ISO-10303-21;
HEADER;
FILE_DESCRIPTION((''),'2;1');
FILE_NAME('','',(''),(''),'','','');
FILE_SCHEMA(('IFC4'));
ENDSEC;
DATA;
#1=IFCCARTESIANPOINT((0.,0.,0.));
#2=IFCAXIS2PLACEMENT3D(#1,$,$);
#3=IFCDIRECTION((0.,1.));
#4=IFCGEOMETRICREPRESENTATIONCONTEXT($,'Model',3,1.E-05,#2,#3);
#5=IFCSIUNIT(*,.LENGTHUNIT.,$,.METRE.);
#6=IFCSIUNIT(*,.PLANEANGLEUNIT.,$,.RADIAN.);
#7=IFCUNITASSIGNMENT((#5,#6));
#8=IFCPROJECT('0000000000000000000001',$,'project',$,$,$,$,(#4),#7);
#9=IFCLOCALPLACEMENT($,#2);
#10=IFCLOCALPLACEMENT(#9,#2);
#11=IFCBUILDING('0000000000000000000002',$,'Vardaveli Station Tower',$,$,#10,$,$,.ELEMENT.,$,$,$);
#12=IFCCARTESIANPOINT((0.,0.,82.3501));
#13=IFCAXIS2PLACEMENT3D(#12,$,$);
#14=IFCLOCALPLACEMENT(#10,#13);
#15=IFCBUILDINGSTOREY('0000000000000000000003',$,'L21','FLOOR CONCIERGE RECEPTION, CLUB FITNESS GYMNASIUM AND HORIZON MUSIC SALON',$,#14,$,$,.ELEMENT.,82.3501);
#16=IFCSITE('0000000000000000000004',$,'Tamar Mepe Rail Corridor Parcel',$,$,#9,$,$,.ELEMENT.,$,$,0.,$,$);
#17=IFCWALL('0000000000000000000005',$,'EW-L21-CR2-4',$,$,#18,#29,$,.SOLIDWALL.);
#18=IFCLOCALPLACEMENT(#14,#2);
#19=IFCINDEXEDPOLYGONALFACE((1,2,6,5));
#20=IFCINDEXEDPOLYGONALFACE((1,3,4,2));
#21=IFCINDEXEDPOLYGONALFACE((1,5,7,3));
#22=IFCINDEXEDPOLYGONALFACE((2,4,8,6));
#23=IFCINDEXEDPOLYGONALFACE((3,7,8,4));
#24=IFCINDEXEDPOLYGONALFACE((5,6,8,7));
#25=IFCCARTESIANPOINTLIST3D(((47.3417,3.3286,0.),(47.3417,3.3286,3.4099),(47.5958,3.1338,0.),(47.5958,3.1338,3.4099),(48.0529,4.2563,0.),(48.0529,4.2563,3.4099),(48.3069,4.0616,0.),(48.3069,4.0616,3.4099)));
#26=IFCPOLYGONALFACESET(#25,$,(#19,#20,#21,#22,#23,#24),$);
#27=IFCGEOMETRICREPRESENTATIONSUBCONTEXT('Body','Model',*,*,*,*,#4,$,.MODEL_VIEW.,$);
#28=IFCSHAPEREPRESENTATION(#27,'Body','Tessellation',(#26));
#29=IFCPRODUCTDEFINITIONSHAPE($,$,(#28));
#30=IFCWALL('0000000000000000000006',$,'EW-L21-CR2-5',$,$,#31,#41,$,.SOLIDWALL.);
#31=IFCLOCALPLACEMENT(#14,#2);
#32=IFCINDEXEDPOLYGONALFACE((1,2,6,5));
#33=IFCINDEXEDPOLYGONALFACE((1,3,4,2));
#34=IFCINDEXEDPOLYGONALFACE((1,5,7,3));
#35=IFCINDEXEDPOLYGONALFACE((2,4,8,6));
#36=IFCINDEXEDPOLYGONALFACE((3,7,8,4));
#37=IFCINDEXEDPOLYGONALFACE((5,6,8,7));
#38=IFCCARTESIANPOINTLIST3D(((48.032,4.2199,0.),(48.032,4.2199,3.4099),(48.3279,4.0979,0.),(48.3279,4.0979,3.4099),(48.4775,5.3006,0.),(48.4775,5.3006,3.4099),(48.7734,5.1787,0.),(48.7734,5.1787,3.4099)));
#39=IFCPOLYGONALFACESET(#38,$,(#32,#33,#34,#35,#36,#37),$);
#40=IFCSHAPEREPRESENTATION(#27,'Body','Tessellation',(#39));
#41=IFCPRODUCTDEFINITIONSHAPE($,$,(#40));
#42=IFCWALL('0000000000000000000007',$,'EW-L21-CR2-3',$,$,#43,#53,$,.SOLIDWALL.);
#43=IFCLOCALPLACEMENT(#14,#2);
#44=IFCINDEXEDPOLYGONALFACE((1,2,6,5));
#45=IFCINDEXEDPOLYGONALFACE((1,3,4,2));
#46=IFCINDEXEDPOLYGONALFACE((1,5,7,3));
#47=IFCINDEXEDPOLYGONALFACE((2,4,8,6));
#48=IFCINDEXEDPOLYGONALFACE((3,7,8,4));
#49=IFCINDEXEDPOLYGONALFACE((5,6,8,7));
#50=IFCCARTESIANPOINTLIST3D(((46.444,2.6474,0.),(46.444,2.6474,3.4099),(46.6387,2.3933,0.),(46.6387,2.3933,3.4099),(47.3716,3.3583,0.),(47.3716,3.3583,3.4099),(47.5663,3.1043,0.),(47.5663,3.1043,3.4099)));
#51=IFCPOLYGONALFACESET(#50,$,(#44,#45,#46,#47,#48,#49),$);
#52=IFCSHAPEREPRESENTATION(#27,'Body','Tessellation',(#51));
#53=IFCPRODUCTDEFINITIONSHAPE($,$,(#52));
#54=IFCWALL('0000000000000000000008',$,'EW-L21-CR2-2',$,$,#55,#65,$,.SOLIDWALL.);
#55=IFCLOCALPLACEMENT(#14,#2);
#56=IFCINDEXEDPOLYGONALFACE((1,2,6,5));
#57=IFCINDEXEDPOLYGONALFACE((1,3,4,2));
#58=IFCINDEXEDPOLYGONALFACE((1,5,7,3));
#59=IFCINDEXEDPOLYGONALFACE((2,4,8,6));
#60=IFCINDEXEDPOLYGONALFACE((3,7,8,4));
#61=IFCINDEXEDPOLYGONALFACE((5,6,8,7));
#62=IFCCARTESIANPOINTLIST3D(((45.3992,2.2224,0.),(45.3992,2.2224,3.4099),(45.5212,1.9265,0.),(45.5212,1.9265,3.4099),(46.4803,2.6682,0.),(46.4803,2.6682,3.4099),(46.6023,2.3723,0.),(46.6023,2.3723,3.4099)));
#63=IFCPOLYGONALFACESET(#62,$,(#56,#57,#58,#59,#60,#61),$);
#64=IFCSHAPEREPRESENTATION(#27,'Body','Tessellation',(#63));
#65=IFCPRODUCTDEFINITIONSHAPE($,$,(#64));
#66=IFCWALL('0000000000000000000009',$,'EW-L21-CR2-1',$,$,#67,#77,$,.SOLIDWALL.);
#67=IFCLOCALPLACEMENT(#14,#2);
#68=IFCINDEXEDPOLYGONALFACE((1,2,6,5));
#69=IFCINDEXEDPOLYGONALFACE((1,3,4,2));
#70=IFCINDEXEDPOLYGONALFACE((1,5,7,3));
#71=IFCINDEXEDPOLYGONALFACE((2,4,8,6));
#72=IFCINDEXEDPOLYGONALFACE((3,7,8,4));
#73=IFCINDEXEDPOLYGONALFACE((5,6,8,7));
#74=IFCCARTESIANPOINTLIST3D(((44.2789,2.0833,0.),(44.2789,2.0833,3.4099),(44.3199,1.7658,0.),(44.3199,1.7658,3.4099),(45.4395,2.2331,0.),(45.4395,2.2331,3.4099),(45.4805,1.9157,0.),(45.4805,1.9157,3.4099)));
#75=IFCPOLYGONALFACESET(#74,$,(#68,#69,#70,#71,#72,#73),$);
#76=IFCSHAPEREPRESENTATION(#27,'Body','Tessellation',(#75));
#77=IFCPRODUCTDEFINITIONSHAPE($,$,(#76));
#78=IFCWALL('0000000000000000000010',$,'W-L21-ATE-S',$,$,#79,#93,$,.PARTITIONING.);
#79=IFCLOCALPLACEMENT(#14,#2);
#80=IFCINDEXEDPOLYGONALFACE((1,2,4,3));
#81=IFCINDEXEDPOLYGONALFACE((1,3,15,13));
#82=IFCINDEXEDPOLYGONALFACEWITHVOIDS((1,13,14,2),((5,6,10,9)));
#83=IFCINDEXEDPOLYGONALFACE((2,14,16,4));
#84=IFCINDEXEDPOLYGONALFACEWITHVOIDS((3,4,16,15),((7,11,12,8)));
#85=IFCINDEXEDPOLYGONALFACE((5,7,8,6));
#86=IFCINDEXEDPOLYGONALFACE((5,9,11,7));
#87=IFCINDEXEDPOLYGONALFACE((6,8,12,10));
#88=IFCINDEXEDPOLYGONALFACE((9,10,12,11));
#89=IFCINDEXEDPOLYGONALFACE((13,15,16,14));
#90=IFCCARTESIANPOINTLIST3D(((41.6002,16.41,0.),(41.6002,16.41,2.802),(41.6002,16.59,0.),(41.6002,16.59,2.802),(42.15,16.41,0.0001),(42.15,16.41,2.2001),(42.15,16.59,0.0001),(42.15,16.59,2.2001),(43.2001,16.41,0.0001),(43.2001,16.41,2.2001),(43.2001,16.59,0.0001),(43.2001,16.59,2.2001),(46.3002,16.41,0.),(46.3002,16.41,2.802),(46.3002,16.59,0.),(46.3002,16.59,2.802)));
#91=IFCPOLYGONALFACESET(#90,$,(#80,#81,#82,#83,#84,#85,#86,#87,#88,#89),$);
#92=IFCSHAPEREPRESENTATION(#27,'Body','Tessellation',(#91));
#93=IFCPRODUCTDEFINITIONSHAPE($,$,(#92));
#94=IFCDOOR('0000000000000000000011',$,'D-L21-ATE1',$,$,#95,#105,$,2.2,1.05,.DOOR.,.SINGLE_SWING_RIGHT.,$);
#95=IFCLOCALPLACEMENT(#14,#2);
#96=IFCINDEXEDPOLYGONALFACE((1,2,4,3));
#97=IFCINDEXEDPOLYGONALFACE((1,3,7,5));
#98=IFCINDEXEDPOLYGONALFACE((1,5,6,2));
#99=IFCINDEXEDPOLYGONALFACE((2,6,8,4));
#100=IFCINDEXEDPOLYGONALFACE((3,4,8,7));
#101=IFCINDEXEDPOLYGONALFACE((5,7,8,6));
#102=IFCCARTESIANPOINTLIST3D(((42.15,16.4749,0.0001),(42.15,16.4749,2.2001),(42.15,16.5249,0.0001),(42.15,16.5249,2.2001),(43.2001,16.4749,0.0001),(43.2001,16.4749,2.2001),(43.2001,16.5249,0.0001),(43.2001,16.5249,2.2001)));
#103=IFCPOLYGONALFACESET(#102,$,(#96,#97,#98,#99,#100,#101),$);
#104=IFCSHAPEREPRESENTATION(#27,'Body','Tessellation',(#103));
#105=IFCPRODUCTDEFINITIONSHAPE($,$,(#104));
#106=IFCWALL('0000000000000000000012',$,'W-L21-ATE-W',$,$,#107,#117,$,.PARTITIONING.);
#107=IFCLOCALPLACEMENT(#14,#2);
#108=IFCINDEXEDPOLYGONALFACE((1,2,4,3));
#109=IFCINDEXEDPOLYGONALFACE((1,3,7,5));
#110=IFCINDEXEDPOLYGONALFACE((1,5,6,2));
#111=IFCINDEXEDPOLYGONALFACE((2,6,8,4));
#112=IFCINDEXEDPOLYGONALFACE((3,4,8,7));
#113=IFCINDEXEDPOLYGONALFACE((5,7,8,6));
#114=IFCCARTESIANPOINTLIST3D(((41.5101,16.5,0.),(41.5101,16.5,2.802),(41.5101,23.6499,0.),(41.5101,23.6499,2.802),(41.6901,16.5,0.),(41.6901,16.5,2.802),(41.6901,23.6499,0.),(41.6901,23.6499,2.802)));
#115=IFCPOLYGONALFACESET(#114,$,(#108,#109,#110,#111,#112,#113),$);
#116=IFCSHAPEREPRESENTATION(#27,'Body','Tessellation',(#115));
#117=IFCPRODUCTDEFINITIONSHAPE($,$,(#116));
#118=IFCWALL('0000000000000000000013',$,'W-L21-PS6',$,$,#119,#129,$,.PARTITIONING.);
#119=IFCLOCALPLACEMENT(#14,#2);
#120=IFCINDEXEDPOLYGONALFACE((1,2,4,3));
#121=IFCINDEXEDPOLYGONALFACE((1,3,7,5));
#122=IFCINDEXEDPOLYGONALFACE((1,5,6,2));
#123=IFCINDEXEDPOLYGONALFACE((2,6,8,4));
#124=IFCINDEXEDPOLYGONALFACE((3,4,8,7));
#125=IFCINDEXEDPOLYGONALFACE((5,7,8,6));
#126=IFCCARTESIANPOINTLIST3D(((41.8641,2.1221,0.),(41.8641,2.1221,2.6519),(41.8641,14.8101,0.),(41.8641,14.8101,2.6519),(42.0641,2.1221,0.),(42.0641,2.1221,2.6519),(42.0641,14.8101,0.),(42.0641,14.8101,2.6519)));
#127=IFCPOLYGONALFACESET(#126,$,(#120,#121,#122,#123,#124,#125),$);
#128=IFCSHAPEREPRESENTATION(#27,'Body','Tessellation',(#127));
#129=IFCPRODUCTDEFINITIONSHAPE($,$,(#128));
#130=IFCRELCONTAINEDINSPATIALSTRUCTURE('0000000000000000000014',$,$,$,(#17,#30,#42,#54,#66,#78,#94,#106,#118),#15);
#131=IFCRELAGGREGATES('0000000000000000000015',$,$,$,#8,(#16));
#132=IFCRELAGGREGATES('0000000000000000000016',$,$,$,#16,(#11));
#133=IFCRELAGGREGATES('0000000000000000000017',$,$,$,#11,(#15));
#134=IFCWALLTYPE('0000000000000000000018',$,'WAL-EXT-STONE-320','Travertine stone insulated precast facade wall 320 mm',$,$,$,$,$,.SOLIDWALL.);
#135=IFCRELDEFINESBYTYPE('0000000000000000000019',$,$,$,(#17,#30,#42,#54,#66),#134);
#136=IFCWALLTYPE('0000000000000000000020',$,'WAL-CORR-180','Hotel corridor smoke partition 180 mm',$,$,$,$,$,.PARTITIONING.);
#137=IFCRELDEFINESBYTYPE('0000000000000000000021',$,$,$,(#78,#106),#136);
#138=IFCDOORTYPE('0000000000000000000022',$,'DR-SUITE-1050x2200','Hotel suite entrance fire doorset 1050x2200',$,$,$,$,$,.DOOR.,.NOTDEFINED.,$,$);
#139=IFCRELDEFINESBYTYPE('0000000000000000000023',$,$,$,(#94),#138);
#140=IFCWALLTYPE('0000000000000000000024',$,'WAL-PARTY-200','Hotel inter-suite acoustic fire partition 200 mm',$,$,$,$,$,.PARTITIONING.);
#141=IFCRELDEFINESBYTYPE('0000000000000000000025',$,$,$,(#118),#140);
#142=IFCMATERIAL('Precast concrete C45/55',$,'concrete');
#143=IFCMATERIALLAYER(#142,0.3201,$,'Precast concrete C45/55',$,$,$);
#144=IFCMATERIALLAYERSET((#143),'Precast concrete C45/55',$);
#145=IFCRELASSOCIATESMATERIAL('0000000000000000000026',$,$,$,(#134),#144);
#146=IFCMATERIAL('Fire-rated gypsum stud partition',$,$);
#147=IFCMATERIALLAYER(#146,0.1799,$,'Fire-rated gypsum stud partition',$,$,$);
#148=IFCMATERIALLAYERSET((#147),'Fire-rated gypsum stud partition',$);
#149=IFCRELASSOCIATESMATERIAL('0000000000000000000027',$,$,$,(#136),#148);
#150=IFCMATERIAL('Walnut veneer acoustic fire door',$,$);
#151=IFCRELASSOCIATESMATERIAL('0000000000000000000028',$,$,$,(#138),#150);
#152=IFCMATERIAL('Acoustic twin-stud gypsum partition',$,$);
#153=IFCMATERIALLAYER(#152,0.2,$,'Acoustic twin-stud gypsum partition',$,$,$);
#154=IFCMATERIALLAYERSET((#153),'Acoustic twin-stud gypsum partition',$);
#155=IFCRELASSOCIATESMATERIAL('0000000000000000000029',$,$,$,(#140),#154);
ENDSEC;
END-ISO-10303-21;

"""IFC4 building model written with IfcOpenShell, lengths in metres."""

from ifc_helpers import new_model, si_unit, direction, frame, frame_2d, origin, place, context, subcontext, project, spatial, rectangle, extrude, source, transform, mapped, material, layer, layer_set, type_object, element, fill, save


model = new_model("IFC4")

# Units and contexts
model_context = context("Model", 3, precision=1e-05, world=origin(), true_north=direction((0.0, 1.0)))
body_context = subcontext(model_context, "Body", "Model", "MODEL_VIEW")
ifc_project = project(units=[si_unit("LENGTHUNIT", "METRE"), si_unit("PLANEANGLEUNIT", "RADIAN")], contexts=[model_context])

# Site, building, storey
site_placement = place(None, origin())
site = spatial("IfcSite", under=ifc_project, at=site_placement, Name="Tamar Mepe Rail Corridor Parcel", CompositionType="ELEMENT", RefElevation=0.0)
building_placement = place(site_placement, origin())
building = spatial("IfcBuilding", under=site, at=building_placement, Name="Vardaveli Station Tower", CompositionType="ELEMENT")
storey_placement = place(building_placement, frame((0.0, 0.0, 82.3501)))
storey = spatial("IfcBuildingStorey", under=building, at=storey_placement, Name="L21", Description="FLOOR CONCIERGE RECEPTION, CLUB FITNESS GYMNASIUM AND HORIZON MUSIC SALON", CompositionType="ELEMENT", Elevation=82.3501)

# Shared definitions
ifc_material_1 = material(Name="Precast concrete C45/55", Category="concrete")

# Shared definitions
ifc_layer_1 = layer(ifc_material_1, 0.3201, Name="Precast concrete C45/55")
ifc_layer_set_1 = layer_set([ifc_layer_1], Name="Precast concrete C45/55")
wall_type_1 = type_object("IfcWallType", Name="WAL-EXT-STONE-320", Description="Travertine stone insulated precast facade wall 320 mm", PredefinedType="SOLIDWALL", material=ifc_layer_set_1)

# Walls
shared_shape_1 = source(origin(), body_context, "Body", "SweptSolid", [
    extrude(rectangle(XDim=1.1689, YDim=0.3201, at=frame_2d((0.5845, 0.0))), origin(), (0.0, 0.0, 1.0), 3.4099),
])
for number, where, z_axis, x_axis, name in (
    (1, (47.4688, 3.2312, 0.0), (0.0, 0.0, 1.0), (0.608388, 0.79364, 0.0), "EW-L21-CR2-4"),
    (2, (48.1799, 4.1589, 0.0), (0.0, 0.0, 1.0), (0.381128, 0.924522, 0.0), "EW-L21-CR2-5"),
):
    element("IfcWall", number, at=place(storey_placement, frame(where, z_axis=z_axis, x_axis=x_axis)), inside=storey, type_object=wall_type_1, Name=name, PredefinedType="SOLIDWALL", context=body_context, shape_type="MappedRepresentation", body=[
        mapped(shared_shape_1, transform((0.0, 0.0, 0.0), scale=1.0)),
    ])
shared_shape_2 = source(origin(), body_context, "Body", "SweptSolid", [
    extrude(rectangle(XDim=1.1687, YDim=0.3201, at=frame_2d((0.5845, 0.0))), origin(), (0.0, 0.0, 1.0), 3.4099),
])
wall_1_placement = place(storey_placement, frame((46.5413, 2.5203, 0.0), z_axis=(0.0, 0.0, 1.0), x_axis=(0.793664, 0.608357, 0.0)))
element("IfcWall", 3, at=wall_1_placement, inside=storey, type_object=wall_type_1, Name="EW-L21-CR2-3", PredefinedType="SOLIDWALL", context=body_context, shape_type="MappedRepresentation", body=[
    mapped(shared_shape_2, transform((0.0, 0.0, 0.0), scale=1.0)),
])
shared_shape_3 = source(origin(), body_context, "Body", "SweptSolid", [
    extrude(rectangle(XDim=1.1694, YDim=0.3201, at=frame_2d((0.5847, 0.0))), origin(), (0.0, 0.0, 1.0), 3.4099),
])
wall_2_placement = place(storey_placement, frame((45.4602, 2.0745, 0.0), z_axis=(0.0, 0.0, 1.0), x_axis=(0.924479, 0.381233, 0.0)))
element("IfcWall", 4, at=wall_2_placement, inside=storey, type_object=wall_type_1, Name="EW-L21-CR2-2", PredefinedType="SOLIDWALL", context=body_context, shape_type="MappedRepresentation", body=[
    mapped(shared_shape_3, transform((0.0, 0.0, 0.0), scale=1.0)),
])
shared_shape_4 = source(origin(), body_context, "Body", "SweptSolid", [
    extrude(rectangle(XDim=1.1702, YDim=0.3201, at=frame_2d((0.585, 0.0))), origin(), (0.0, 0.0, 1.0), 3.4099),
])
wall_3_placement = place(storey_placement, frame((44.2996, 1.9246, 0.0), z_axis=(0.0, 0.0, 1.0), x_axis=(0.991762, 0.12809, 0.0)))
element("IfcWall", 5, at=wall_3_placement, inside=storey, type_object=wall_type_1, Name="EW-L21-CR2-1", PredefinedType="SOLIDWALL", context=body_context, shape_type="MappedRepresentation", body=[
    mapped(shared_shape_4, transform((0.0, 0.0, 0.0), scale=1.0)),
])

# Wall, opening, door
ifc_material_2 = material(Name="Fire-rated gypsum stud partition")
ifc_layer_2 = layer(ifc_material_2, 0.1799, Name="Fire-rated gypsum stud partition")
ifc_layer_set_2 = layer_set([ifc_layer_2], Name="Fire-rated gypsum stud partition")
wall_type_2 = type_object("IfcWallType", Name="WAL-CORR-180", Description="Hotel corridor smoke partition 180 mm", PredefinedType="PARTITIONING", material=ifc_layer_set_2)
shared_shape_5 = source(origin(), body_context, "Body", "SweptSolid", [
    extrude(rectangle(XDim=4.7, YDim=0.1799, at=frame_2d((2.3501, 0.0))), origin(), (0.0, 0.0, 1.0), 2.802),
])
wall_4_placement = place(storey_placement, frame((41.6001, 16.5, 0.0), z_axis=(0.0, 0.0, 1.0), x_axis=(1.0, 0.0, 0.0)))
wall_4 = element("IfcWall", 6, at=wall_4_placement, inside=storey, type_object=wall_type_2, Name="W-L21-ATE-S", PredefinedType="PARTITIONING", context=body_context, shape_type="MappedRepresentation", body=[
    mapped(shared_shape_5, transform((0.0, 0.0, 0.0), scale=1.0)),
])
shared_shape_6 = source(origin(), body_context, "Body", "SweptSolid", [
    extrude(rectangle(XDim=1.05, YDim=2.2, at=frame_2d((0.5249, 1.1001))), frame((0.0, 0.1001, 0.0), z_axis=(0.0, -1.0, 0.0), x_axis=(1.0, 0.0, 0.0)), (0.0, 0.0, 1.0), 0.2),
])
opening_1_placement = place(wall_4_placement, frame((0.55, 0.0, 0.0)))
opening_1 = element("IfcOpeningElement", 7, at=opening_1_placement, cuts=wall_4, PredefinedType="OPENING", context=body_context, shape_type="MappedRepresentation", body=[
    mapped(shared_shape_6, transform((0.0, 0.0, 0.0), scale=1.0)),
])
ifc_material_3 = material(Name="Walnut veneer acoustic fire door")
door_type_1 = type_object("IfcDoorType", Name="DR-SUITE-1050x2200", Description="Hotel suite entrance fire doorset 1050x2200", OperationType="NOTDEFINED", PredefinedType="DOOR", material=ifc_material_3)
shared_shape_7 = source(origin(), body_context, "Body", "SweptSolid", [
    extrude(rectangle(XDim=1.05, YDim=2.2, at=frame_2d((0.5249, 1.1001))), frame((0.0, 0.0249, 0.0), z_axis=(0.0, -1.0, 0.0), x_axis=(1.0, 0.0, 0.0)), (0.0, 0.0, 1.0), 0.05),
])
door_1_placement = place(opening_1_placement, origin())
door_1 = element("IfcDoor", 8, at=door_1_placement, inside=storey, type_object=door_type_1, Name="D-L21-ATE1", OperationType="SINGLE_SWING_RIGHT", OverallHeight=2.2, OverallWidth=1.05, PredefinedType="DOOR", context=body_context, shape_type="MappedRepresentation", body=[
    mapped(shared_shape_7, transform((0.0, 0.0, 0.0), scale=1.0)),
])
fill(opening_1, door_1)

# Walls
shared_shape_8 = source(origin(), body_context, "Body", "SweptSolid", [
    extrude(rectangle(XDim=7.1499, YDim=0.1799, at=frame_2d((3.575, 0.0))), origin(), (0.0, 0.0, 1.0), 2.802),
])
wall_5_placement = place(storey_placement, frame((41.6001, 16.5, 0.0), z_axis=(0.0, 0.0, 1.0), x_axis=(0.0, 1.0, 0.0)))
element("IfcWall", 9, at=wall_5_placement, inside=storey, type_object=wall_type_2, Name="W-L21-ATE-W", PredefinedType="PARTITIONING", context=body_context, shape_type="MappedRepresentation", body=[
    mapped(shared_shape_8, transform((0.0, 0.0, 0.0), scale=1.0)),
])
ifc_material_4 = material(Name="Acoustic twin-stud gypsum partition")
ifc_layer_3 = layer(ifc_material_4, 0.2, Name="Acoustic twin-stud gypsum partition")
ifc_layer_set_3 = layer_set([ifc_layer_3], Name="Acoustic twin-stud gypsum partition")
wall_type_3 = type_object("IfcWallType", Name="WAL-PARTY-200", Description="Hotel inter-suite acoustic fire partition 200 mm", PredefinedType="PARTITIONING", material=ifc_layer_set_3)
shared_shape_9 = source(origin(), body_context, "Body", "SweptSolid", [
    extrude(rectangle(XDim=12.688, YDim=0.2, at=frame_2d((6.344, 0.0))), origin(), (0.0, 0.0, 1.0), 2.6519),
])
wall_6_placement = place(storey_placement, frame((41.9641, 2.1221, 0.0), z_axis=(0.0, 0.0, 1.0), x_axis=(0.0, 1.0, 0.0)))
element("IfcWall", 10, at=wall_6_placement, inside=storey, type_object=wall_type_3, Name="W-L21-PS6", PredefinedType="PARTITIONING", context=body_context, shape_type="MappedRepresentation", body=[
    mapped(shared_shape_9, transform((0.0, 0.0, 0.0), scale=1.0)),
])

save(model, "model.ifc")
